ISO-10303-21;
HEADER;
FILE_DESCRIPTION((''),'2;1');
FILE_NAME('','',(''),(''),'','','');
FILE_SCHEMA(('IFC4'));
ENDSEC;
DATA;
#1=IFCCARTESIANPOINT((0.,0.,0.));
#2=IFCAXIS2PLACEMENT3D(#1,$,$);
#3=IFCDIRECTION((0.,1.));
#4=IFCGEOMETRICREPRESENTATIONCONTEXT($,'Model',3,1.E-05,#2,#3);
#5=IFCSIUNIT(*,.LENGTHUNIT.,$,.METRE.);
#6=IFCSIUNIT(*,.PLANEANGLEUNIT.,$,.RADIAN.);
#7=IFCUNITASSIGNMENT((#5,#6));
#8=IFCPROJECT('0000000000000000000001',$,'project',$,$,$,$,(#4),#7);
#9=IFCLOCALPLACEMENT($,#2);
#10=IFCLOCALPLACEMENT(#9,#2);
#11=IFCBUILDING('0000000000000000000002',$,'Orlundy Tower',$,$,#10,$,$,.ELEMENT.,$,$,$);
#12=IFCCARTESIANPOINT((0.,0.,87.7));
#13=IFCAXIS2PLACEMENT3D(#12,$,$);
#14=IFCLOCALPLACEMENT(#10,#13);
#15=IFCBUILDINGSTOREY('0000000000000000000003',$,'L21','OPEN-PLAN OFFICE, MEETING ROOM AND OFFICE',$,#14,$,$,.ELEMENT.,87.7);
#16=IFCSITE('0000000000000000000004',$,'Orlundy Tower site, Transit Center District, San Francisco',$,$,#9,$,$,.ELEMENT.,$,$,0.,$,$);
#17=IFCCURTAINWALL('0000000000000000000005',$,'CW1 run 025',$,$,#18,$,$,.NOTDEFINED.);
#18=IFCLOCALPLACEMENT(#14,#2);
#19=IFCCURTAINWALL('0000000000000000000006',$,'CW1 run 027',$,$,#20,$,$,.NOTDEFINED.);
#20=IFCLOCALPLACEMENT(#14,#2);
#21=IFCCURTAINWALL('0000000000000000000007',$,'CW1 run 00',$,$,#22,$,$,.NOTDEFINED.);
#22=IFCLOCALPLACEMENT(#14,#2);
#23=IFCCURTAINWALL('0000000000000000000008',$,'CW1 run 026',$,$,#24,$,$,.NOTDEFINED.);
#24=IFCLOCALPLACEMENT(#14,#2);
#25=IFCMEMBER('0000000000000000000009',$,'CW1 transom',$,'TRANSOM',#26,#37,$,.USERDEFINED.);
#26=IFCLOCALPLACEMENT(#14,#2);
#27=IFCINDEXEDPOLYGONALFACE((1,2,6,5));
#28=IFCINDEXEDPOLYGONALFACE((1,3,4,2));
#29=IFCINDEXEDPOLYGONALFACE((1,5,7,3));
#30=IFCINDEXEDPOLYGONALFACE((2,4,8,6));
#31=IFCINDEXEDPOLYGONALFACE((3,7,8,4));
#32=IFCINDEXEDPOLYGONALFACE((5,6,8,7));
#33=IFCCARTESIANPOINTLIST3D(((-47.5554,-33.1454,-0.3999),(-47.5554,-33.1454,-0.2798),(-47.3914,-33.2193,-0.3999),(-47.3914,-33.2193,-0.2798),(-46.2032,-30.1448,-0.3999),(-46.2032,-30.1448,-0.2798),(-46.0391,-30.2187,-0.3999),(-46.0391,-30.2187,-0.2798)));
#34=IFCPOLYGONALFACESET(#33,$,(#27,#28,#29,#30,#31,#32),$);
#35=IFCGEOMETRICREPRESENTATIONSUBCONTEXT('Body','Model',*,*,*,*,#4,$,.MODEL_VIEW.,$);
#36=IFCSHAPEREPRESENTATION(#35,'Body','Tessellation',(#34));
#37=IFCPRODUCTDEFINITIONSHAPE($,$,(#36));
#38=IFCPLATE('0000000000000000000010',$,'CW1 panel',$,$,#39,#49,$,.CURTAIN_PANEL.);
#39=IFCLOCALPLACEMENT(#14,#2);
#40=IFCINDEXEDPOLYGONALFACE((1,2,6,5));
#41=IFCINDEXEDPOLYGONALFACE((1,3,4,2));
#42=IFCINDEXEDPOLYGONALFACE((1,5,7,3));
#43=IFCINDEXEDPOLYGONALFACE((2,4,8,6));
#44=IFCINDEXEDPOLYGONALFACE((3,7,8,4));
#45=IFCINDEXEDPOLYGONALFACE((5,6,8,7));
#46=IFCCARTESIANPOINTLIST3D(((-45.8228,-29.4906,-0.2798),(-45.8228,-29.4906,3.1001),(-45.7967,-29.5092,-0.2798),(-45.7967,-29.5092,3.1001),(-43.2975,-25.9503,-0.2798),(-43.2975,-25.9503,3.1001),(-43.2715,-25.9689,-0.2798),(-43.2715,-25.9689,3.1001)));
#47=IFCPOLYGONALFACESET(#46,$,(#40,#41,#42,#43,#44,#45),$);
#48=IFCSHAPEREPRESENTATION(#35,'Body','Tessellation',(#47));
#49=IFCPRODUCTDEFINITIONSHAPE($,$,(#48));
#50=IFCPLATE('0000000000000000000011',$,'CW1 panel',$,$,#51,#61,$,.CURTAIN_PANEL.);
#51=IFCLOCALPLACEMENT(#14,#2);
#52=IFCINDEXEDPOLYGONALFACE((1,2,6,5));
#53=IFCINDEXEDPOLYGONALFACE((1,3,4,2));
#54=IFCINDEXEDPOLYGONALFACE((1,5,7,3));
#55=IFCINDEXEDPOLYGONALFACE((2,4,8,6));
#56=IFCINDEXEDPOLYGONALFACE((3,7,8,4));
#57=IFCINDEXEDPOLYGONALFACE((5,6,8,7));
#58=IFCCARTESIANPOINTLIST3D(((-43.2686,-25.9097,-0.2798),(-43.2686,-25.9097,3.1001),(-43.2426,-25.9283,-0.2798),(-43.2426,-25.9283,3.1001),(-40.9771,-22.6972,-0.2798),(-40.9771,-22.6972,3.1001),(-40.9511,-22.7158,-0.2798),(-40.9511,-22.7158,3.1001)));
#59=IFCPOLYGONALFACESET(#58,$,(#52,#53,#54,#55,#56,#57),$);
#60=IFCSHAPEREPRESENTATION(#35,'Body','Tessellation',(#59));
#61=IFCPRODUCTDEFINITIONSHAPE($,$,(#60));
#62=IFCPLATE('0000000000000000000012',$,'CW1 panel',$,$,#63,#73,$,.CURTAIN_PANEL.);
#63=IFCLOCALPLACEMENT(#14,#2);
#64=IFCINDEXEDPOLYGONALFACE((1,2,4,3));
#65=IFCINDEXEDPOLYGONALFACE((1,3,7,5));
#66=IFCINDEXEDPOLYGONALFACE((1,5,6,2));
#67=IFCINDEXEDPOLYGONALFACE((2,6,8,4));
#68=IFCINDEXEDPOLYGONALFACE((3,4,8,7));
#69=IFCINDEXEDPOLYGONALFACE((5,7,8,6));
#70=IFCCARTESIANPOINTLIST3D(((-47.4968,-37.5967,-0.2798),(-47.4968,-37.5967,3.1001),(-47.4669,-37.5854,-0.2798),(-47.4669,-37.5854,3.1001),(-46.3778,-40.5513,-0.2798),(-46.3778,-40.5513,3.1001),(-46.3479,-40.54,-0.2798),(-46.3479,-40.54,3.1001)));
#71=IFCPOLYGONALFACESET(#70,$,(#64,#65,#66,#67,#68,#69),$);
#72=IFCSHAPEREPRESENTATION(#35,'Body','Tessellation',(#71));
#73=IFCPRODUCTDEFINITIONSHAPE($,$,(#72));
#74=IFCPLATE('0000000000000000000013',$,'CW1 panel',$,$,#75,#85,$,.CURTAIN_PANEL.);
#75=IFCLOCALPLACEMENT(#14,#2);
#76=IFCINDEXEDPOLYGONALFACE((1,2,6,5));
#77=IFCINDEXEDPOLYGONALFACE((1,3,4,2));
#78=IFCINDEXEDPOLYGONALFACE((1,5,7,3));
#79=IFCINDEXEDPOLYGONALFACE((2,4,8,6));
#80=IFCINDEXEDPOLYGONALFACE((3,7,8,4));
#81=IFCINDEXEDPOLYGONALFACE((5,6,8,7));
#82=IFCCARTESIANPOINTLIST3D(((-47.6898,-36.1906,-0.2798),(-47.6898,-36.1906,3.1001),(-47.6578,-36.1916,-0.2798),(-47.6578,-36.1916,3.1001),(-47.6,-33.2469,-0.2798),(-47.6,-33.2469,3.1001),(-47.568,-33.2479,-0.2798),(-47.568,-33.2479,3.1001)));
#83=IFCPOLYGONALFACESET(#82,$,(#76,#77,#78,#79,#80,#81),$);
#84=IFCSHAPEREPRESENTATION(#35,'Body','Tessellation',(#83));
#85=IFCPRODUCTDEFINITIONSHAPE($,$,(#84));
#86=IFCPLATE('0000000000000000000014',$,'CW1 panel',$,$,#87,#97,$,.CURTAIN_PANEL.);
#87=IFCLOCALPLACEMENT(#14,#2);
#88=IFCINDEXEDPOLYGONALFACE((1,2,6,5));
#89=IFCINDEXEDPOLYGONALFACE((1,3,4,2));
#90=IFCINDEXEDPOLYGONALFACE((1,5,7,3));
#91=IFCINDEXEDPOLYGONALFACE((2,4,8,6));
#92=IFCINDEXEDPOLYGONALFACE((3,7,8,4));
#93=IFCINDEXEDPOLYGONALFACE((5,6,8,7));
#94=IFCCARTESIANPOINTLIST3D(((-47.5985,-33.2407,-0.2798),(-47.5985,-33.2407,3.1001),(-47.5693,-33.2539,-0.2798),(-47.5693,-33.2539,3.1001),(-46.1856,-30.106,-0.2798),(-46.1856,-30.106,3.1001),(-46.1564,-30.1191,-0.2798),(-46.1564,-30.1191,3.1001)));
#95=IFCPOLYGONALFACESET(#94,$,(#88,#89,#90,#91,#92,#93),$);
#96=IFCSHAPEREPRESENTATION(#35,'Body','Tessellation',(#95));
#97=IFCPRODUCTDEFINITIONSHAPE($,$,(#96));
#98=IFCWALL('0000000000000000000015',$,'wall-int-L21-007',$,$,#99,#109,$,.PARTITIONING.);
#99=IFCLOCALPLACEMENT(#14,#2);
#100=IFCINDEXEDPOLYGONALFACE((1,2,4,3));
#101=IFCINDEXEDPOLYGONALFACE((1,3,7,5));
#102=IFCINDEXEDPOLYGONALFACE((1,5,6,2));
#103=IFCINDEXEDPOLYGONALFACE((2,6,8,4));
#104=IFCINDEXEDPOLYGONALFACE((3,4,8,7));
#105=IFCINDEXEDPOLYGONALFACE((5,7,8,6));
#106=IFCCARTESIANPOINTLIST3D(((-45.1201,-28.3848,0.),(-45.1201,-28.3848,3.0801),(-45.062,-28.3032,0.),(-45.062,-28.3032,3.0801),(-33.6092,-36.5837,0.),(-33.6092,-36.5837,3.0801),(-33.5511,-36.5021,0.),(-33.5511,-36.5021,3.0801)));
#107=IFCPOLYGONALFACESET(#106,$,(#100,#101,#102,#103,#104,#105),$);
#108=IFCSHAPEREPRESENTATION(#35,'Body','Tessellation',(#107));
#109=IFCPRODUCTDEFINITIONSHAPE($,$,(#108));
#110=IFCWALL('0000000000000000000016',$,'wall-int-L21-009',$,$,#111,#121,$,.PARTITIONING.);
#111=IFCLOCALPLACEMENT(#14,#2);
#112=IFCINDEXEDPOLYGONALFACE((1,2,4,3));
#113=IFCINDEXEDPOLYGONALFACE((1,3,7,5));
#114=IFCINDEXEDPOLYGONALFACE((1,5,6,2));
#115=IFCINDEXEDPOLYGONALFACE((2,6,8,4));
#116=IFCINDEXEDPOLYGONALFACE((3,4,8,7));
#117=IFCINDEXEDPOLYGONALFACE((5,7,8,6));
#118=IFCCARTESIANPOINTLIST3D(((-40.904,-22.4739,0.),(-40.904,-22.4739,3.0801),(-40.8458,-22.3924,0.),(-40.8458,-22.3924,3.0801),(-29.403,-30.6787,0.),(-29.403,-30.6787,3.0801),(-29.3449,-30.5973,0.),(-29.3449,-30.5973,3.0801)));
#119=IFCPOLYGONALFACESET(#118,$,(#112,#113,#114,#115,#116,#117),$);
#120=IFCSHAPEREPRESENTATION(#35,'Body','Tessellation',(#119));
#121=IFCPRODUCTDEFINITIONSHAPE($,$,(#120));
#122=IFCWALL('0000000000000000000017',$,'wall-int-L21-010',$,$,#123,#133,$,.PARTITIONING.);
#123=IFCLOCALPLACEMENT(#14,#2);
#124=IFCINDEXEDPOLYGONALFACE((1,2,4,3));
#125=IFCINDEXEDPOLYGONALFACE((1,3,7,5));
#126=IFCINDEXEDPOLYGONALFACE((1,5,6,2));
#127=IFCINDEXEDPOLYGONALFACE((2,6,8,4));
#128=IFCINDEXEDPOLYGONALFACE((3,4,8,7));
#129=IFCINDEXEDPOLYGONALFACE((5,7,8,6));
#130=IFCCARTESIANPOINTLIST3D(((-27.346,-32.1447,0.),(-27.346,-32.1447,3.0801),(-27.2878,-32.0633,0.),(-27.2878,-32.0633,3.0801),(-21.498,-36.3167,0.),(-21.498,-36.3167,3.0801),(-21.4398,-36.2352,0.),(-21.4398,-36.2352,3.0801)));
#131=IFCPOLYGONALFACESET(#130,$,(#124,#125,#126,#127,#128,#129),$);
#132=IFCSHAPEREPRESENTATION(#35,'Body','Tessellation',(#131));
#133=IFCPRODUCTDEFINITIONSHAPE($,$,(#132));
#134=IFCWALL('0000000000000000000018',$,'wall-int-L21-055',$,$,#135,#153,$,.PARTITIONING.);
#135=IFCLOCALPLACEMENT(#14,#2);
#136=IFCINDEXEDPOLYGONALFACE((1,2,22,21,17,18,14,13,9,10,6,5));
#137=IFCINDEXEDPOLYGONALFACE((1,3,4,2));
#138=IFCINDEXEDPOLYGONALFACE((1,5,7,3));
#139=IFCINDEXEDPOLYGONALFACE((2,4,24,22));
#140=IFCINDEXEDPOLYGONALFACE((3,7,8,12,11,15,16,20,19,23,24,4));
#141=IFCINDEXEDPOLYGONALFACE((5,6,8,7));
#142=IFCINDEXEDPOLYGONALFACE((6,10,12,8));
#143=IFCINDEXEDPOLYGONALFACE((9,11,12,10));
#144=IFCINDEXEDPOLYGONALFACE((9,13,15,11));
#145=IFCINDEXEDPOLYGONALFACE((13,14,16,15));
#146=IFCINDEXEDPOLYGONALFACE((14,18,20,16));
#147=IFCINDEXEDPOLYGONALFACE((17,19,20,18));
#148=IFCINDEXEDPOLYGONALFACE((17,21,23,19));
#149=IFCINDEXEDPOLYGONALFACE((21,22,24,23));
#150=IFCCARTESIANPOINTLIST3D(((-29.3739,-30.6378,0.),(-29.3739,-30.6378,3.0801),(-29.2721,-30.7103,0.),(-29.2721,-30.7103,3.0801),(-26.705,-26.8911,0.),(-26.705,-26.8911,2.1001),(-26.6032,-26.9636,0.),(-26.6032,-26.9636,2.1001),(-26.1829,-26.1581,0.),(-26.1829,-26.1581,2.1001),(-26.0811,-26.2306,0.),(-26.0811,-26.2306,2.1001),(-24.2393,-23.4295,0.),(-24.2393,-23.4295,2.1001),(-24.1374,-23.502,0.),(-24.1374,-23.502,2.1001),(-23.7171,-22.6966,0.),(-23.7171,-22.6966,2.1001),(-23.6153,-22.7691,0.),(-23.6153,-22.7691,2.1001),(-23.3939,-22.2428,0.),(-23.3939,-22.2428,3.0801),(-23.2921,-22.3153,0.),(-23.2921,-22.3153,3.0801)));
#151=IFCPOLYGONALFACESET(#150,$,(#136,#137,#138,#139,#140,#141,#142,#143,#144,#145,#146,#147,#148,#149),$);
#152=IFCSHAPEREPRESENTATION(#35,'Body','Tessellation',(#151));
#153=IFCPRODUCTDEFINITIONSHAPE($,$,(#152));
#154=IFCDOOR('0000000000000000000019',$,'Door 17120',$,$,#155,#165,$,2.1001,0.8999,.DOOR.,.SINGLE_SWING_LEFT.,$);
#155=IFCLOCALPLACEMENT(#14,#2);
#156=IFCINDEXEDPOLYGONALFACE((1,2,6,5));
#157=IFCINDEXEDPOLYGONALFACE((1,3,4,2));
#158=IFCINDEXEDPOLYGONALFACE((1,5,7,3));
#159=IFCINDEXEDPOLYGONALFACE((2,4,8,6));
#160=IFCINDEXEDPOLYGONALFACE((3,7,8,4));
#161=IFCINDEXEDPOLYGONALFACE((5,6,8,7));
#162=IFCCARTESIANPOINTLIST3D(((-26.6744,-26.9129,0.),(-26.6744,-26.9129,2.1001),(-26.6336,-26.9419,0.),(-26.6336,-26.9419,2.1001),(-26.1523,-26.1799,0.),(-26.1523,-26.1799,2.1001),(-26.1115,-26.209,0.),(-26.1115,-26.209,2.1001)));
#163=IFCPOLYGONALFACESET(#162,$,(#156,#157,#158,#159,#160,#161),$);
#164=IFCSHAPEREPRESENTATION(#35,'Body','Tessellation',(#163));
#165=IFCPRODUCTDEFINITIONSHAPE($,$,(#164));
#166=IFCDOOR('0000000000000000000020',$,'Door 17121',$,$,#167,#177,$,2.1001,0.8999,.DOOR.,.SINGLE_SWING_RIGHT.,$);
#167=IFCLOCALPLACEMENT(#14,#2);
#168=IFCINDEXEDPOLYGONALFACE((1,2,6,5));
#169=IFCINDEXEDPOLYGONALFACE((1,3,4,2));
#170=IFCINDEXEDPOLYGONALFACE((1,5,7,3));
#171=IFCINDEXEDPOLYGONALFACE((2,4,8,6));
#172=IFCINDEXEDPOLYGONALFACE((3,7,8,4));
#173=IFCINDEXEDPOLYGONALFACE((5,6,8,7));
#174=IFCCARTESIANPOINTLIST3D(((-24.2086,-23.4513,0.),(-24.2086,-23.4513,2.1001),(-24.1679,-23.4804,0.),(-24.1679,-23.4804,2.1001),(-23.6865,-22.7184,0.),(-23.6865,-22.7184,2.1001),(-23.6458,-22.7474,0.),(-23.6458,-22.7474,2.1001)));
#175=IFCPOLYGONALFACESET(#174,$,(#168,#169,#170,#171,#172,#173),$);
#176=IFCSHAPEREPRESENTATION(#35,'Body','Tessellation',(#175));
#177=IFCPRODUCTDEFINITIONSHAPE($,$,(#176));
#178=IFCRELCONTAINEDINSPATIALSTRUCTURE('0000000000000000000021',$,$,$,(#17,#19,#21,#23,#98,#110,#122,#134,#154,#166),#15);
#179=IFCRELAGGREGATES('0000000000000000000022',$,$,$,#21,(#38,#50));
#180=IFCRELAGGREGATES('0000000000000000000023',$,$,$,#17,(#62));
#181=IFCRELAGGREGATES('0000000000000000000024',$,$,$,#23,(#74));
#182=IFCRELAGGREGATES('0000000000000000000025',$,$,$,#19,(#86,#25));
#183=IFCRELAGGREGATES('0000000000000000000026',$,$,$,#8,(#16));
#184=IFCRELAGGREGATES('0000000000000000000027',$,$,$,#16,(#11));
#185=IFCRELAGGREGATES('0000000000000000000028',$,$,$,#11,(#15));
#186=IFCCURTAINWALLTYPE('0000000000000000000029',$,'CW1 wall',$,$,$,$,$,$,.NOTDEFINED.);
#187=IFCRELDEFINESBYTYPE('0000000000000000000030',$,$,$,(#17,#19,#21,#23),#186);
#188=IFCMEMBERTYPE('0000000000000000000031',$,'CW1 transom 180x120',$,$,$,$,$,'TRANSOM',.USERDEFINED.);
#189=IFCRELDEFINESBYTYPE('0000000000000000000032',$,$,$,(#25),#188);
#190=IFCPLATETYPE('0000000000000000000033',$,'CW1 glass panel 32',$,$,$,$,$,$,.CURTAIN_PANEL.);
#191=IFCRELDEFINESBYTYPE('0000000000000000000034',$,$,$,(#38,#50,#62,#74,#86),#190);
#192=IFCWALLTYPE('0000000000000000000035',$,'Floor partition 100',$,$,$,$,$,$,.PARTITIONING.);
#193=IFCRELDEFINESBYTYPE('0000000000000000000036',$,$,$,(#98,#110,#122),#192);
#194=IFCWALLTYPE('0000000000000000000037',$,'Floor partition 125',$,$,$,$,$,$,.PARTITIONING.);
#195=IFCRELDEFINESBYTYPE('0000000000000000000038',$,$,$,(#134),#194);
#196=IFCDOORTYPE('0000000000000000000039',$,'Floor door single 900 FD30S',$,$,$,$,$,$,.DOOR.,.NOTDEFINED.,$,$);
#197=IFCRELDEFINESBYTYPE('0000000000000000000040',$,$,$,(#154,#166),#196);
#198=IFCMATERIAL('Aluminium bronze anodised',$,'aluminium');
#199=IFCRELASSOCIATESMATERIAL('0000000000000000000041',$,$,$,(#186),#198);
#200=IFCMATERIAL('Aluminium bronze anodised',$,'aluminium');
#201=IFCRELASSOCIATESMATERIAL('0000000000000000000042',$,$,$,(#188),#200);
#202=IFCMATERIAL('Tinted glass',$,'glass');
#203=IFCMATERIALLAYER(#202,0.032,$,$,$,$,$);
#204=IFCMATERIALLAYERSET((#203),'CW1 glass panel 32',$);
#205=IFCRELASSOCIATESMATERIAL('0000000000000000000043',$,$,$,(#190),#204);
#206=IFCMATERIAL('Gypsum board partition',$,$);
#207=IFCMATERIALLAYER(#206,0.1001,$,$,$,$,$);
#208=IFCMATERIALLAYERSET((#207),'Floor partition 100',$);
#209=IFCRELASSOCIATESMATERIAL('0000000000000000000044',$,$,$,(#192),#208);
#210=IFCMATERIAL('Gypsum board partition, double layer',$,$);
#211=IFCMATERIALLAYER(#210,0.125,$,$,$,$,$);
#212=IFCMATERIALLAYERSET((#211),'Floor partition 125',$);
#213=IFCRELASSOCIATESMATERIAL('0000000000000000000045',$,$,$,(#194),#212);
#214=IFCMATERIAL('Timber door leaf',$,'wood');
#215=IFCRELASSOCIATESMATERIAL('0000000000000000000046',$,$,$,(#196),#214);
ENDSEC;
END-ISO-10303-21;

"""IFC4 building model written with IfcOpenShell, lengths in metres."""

from ifc_helpers import new_model, si_unit, direction, frame, frame_2d, origin, origin_2d, place, context, subcontext, project, spatial, rectangle, extrude, material, layer, layer_set, material_profile, profile_set, type_object, element, fill, aggregate, save


model = new_model("IFC4")

# Units and contexts
model_context = context("Model", 3, precision=1e-05, world=origin(), true_north=direction((0.0, 1.0)))
body_context = subcontext(model_context, "Body", "Model", "MODEL_VIEW")
ifc_project = project(units=[si_unit("LENGTHUNIT", "METRE"), si_unit("PLANEANGLEUNIT", "RADIAN")], contexts=[model_context])

# Site, building, storey
site_placement = place(None, origin())
site = spatial("IfcSite", under=ifc_project, at=site_placement, Name="Orlundy Tower site, Transit Center District, San Francisco", CompositionType="ELEMENT", RefElevation=0.0)
building_placement = place(site_placement, origin())
building = spatial("IfcBuilding", under=site, at=building_placement, Name="Orlundy Tower", CompositionType="ELEMENT")
storey_placement = place(building_placement, frame((0.0, 0.0, 87.7)))
storey = spatial("IfcBuildingStorey", under=building, at=storey_placement, Name="L21", Description="OPEN-PLAN OFFICE, MEETING ROOM AND OFFICE", CompositionType="ELEMENT", Elevation=87.7)

# Curtain walls
ifc_material_1 = material(Name="Aluminium bronze anodised", Category="aluminium")
curtain_wall_type = type_object("IfcCurtainWallType", Name="CW1 wall", PredefinedType="NOTDEFINED", material=ifc_material_1)
curtain_wall_1_placement = place(storey_placement, origin())
curtain_wall_1 = element("IfcCurtainWall", 1, at=curtain_wall_1_placement, inside=storey, type_object=curtain_wall_type, Name="CW1 run 025", PredefinedType="NOTDEFINED")
curtain_wall_2_placement = place(storey_placement, origin())
curtain_wall_2 = element("IfcCurtainWall", 2, at=curtain_wall_2_placement, inside=storey, type_object=curtain_wall_type, Name="CW1 run 027", PredefinedType="NOTDEFINED")

# Curtain wall
curtain_wall_3_placement = place(storey_placement, origin())
curtain_wall_3 = element("IfcCurtainWall", 3, at=curtain_wall_3_placement, inside=storey, type_object=curtain_wall_type, Name="CW1 run 00", PredefinedType="NOTDEFINED")
ifc_material_2 = material(Name="Aluminium bronze anodised", Category="aluminium")
ifc_material_profile_1 = material_profile(ifc_material_2, rectangle(XDim=0.1799, YDim=0.1201, at=origin_2d()), Name="CW1 transom 180x120")
ifc_profile_set_1 = profile_set([ifc_material_profile_1], Name="Aluminium bronze anodised")
member_type_1 = type_object("IfcMemberType", Name="CW1 transom 180x120", ElementType="TRANSOM", PredefinedType="USERDEFINED", material=ifc_profile_set_1)

# Curtain wall
curtain_wall_4_placement = place(storey_placement, origin())
curtain_wall_4 = element("IfcCurtainWall", 4, at=curtain_wall_4_placement, inside=storey, type_object=curtain_wall_type, Name="CW1 run 026", PredefinedType="NOTDEFINED")

# Member
member_1_placement = place(storey_placement, frame((-47.4734, -33.1824, -0.3398), z_axis=(0.410861, 0.911698, 0.0), x_axis=(-0.911698, 0.410861, 0.0)))
member_1 = element("IfcMember", 5, at=member_1_placement, type_object=member_type_1, Name="CW1 transom", ObjectType="TRANSOM", PredefinedType="USERDEFINED", context=body_context, shape_type="SweptSolid", body=[
    extrude(rectangle(XDim=0.1799, YDim=0.1201, at=origin_2d()), origin(), (0.0, 0.0, 1.0), 3.2913),
])

# Plates
ifc_material_3 = material(Name="Tinted glass", Category="glass")
ifc_layer_1 = layer(ifc_material_3, 0.032)
ifc_layer_set_1 = layer_set([ifc_layer_1], Name="CW1 glass panel 32")
plate_type = type_object("IfcPlateType", Name="CW1 glass panel 32", PredefinedType="CURTAIN_PANEL", material=ifc_layer_set_1)
plate_1_placement = place(storey_placement, frame((-44.5471, -27.7297, -0.2798), z_axis=(0.0, 0.0, 1.0), x_axis=(0.580701, 0.814117, 0.0)))
plate_1 = element("IfcPlate", 6, at=plate_1_placement, type_object=plate_type, Name="CW1 panel", PredefinedType="CURTAIN_PANEL", context=body_context, shape_type="SweptSolid", body=[
    extrude(rectangle(XDim=4.3486, YDim=0.032, at=origin_2d()), origin(), (0.0, 0.0, 1.0), 3.3799),
])
plate_2_placement = place(storey_placement, frame((-42.1099, -24.3127, -0.2798), z_axis=(0.0, 0.0, 1.0), x_axis=(0.580701, 0.814117, 0.0)))
plate_2 = element("IfcPlate", 7, at=plate_2_placement, type_object=plate_type, Name="CW1 panel", PredefinedType="CURTAIN_PANEL", context=body_context, shape_type="SweptSolid", body=[
    extrude(rectangle(XDim=3.946, YDim=0.032, at=origin_2d()), origin(), (0.0, 0.0, 1.0), 3.3799),
])
aggregate(curtain_wall_3, [plate_1, plate_2])
plate_3_placement = place(storey_placement, frame((-46.9224, -39.0684, -0.2798), z_axis=(0.0, 0.0, 1.0), x_axis=(-0.354166, 0.935182, 0.0)))
plate_3 = element("IfcPlate", 8, at=plate_3_placement, type_object=plate_type, Name="CW1 panel", PredefinedType="CURTAIN_PANEL", context=body_context, shape_type="SweptSolid", body=[
    extrude(rectangle(XDim=3.1594, YDim=0.032, at=origin_2d()), origin(), (0.0, 0.0, 1.0), 3.3799),
])
aggregate(curtain_wall_1, [plate_3])
plate_4_placement = place(storey_placement, frame((-47.6289, -34.7192, -0.2798), z_axis=(0.0, 0.0, 1.0), x_axis=(0.030485, 0.999535, 0.0)))
plate_4 = element("IfcPlate", 9, at=plate_4_placement, type_object=plate_type, Name="CW1 panel", PredefinedType="CURTAIN_PANEL", context=body_context, shape_type="SweptSolid", body=[
    extrude(rectangle(XDim=2.9451, YDim=0.032, at=origin_2d()), origin(), (0.0, 0.0, 1.0), 3.3799),
])
aggregate(curtain_wall_4, [plate_4])
plate_5_placement = place(storey_placement, frame((-46.8774, -31.6799, -0.2798), z_axis=(0.0, 0.0, 1.0), x_axis=(0.410914, 0.911674, 0.0)))
plate_5 = element("IfcPlate", 10, at=plate_5_placement, type_object=plate_type, Name="CW1 panel", PredefinedType="CURTAIN_PANEL", context=body_context, shape_type="SweptSolid", body=[
    extrude(rectangle(XDim=3.4385, YDim=0.032, at=origin_2d()), origin(), (0.0, 0.0, 1.0), 3.3799),
])
aggregate(curtain_wall_2, [plate_5, member_1])

# Walls
ifc_material_4 = material(Name="Gypsum board partition")
ifc_layer_2 = layer(ifc_material_4, 0.1001)
ifc_layer_set_2 = layer_set([ifc_layer_2], Name="Floor partition 100")
wall_type_1 = type_object("IfcWallType", Name="Floor partition 100", PredefinedType="PARTITIONING", material=ifc_layer_set_2)
wall_1_placement = place(storey_placement, frame((-45.0911, -28.344, 0.0), z_axis=(0.0, 0.0, 1.0), x_axis=(0.814508, -0.580153, 0.0)))
element("IfcWall", 11, at=wall_1_placement, inside=storey, type_object=wall_type_1, Name="wall-int-L21-007", PredefinedType="PARTITIONING", context=body_context, shape_type="SweptSolid", body=[
    extrude(rectangle(XDim=14.1323, YDim=0.1001, at=frame_2d((7.0662, 0.0))), origin(), (0.0, 0.0, 1.0), 3.0801),
])
wall_2_placement = place(storey_placement, frame((-40.875, -22.4331, 0.0), z_axis=(0.0, 0.0, 1.0), x_axis=(0.814073, -0.580762, 0.0)))
element("IfcWall", 12, at=wall_2_placement, inside=storey, type_object=wall_type_1, Name="wall-int-L21-009", PredefinedType="PARTITIONING", context=body_context, shape_type="SweptSolid", body=[
    extrude(rectangle(XDim=14.1277, YDim=0.1001, at=frame_2d((7.064, 0.0))), origin(), (0.0, 0.0, 1.0), 3.0801),
])
wall_3_placement = place(storey_placement, frame((-27.3169, -32.104, 0.0), z_axis=(0.0, 0.0, 1.0), x_axis=(0.814075, -0.580759, 0.0)))
element("IfcWall", 13, at=wall_3_placement, inside=storey, type_object=wall_type_1, Name="wall-int-L21-010", PredefinedType="PARTITIONING", context=body_context, shape_type="SweptSolid", body=[
    extrude(rectangle(XDim=7.1836, YDim=0.1001, at=frame_2d((3.5918, 0.0))), origin(), (0.0, 0.0, 1.0), 3.0801),
])

# Wall, openings, doors
ifc_material_5 = material(Name="Gypsum board partition, double layer")
ifc_layer_3 = layer(ifc_material_5, 0.125)
ifc_layer_set_3 = layer_set([ifc_layer_3], Name="Floor partition 125")
wall_type_2 = type_object("IfcWallType", Name="Floor partition 125", PredefinedType="PARTITIONING", material=ifc_layer_set_3)
wall_4_placement = place(storey_placement, frame((-29.323, -30.6741, 0.0), z_axis=(0.0, 0.0, 1.0), x_axis=(0.58018, 0.814488, 0.0)))
wall_4 = element("IfcWall", 14, at=wall_4_placement, inside=storey, type_object=wall_type_2, Name="wall-int-L21-055", PredefinedType="PARTITIONING", context=body_context, shape_type="SweptSolid", body=[
    extrude(rectangle(XDim=10.3071, YDim=0.125, at=frame_2d((5.1536, 0.0))), origin(), (0.0, 0.0, 1.0), 3.0801),
])
opening_1_placement = place(wall_4_placement, frame((4.6001, 0.0, 0.0)))
opening_1 = element("IfcOpeningElement", 15, at=opening_1_placement, cuts=wall_4, PredefinedType="OPENING", context=body_context, shape_type="SweptSolid", body=[
    extrude(rectangle(XDim=0.8999, YDim=2.1001, at=frame_2d((0.45, 1.05))), frame((0.0, 0.0725, 0.0), z_axis=(0.0, -1.0, 0.0), x_axis=(1.0, 0.0, 0.0)), (0.0, 0.0, 1.0), 0.145),
])
opening_2_placement = place(wall_4_placement, frame((8.8501, 0.0, 0.0)))
opening_2 = element("IfcOpeningElement", 16, at=opening_2_placement, cuts=wall_4, PredefinedType="OPENING", context=body_context, shape_type="SweptSolid", body=[
    extrude(rectangle(XDim=0.8999, YDim=2.1001, at=frame_2d((0.45, 1.05))), frame((0.0, 0.0725, 0.0), z_axis=(0.0, -1.0, 0.0), x_axis=(1.0, 0.0, 0.0)), (0.0, 0.0, 1.0), 0.145),
])
ifc_material_6 = material(Name="Timber door leaf", Category="wood")
door_type = type_object("IfcDoorType", Name="Floor door single 900 FD30S", OperationType="NOTDEFINED", PredefinedType="DOOR", material=ifc_material_6)
door_1_placement = place(opening_1_placement, origin())
door_1 = element("IfcDoor", 17, at=door_1_placement, inside=storey, type_object=door_type, Name="Door 17120", OperationType="SINGLE_SWING_LEFT", OverallHeight=2.1001, OverallWidth=0.8999, PredefinedType="DOOR", context=body_context, shape_type="SweptSolid", body=[
    extrude(rectangle(XDim=0.8999, YDim=2.1001, at=frame_2d((0.45, 1.05))), frame((0.0, 0.0249, 0.0), z_axis=(0.0, -1.0, 0.0), x_axis=(1.0, 0.0, 0.0)), (0.0, 0.0, 1.0), 0.05),
])
fill(opening_1, door_1)
door_2_placement = place(opening_2_placement, origin())
door_2 = element("IfcDoor", 18, at=door_2_placement, inside=storey, type_object=door_type, Name="Door 17121", OperationType="SINGLE_SWING_RIGHT", OverallHeight=2.1001, OverallWidth=0.8999, PredefinedType="DOOR", context=body_context, shape_type="SweptSolid", body=[
    extrude(rectangle(XDim=0.8999, YDim=2.1001, at=frame_2d((0.45, 1.05))), frame((0.0, 0.0249, 0.0), z_axis=(0.0, -1.0, 0.0), x_axis=(1.0, 0.0, 0.0)), (0.0, 0.0, 1.0), 0.05),
])
fill(opening_2, door_2)

save(model, "model.ifc")
